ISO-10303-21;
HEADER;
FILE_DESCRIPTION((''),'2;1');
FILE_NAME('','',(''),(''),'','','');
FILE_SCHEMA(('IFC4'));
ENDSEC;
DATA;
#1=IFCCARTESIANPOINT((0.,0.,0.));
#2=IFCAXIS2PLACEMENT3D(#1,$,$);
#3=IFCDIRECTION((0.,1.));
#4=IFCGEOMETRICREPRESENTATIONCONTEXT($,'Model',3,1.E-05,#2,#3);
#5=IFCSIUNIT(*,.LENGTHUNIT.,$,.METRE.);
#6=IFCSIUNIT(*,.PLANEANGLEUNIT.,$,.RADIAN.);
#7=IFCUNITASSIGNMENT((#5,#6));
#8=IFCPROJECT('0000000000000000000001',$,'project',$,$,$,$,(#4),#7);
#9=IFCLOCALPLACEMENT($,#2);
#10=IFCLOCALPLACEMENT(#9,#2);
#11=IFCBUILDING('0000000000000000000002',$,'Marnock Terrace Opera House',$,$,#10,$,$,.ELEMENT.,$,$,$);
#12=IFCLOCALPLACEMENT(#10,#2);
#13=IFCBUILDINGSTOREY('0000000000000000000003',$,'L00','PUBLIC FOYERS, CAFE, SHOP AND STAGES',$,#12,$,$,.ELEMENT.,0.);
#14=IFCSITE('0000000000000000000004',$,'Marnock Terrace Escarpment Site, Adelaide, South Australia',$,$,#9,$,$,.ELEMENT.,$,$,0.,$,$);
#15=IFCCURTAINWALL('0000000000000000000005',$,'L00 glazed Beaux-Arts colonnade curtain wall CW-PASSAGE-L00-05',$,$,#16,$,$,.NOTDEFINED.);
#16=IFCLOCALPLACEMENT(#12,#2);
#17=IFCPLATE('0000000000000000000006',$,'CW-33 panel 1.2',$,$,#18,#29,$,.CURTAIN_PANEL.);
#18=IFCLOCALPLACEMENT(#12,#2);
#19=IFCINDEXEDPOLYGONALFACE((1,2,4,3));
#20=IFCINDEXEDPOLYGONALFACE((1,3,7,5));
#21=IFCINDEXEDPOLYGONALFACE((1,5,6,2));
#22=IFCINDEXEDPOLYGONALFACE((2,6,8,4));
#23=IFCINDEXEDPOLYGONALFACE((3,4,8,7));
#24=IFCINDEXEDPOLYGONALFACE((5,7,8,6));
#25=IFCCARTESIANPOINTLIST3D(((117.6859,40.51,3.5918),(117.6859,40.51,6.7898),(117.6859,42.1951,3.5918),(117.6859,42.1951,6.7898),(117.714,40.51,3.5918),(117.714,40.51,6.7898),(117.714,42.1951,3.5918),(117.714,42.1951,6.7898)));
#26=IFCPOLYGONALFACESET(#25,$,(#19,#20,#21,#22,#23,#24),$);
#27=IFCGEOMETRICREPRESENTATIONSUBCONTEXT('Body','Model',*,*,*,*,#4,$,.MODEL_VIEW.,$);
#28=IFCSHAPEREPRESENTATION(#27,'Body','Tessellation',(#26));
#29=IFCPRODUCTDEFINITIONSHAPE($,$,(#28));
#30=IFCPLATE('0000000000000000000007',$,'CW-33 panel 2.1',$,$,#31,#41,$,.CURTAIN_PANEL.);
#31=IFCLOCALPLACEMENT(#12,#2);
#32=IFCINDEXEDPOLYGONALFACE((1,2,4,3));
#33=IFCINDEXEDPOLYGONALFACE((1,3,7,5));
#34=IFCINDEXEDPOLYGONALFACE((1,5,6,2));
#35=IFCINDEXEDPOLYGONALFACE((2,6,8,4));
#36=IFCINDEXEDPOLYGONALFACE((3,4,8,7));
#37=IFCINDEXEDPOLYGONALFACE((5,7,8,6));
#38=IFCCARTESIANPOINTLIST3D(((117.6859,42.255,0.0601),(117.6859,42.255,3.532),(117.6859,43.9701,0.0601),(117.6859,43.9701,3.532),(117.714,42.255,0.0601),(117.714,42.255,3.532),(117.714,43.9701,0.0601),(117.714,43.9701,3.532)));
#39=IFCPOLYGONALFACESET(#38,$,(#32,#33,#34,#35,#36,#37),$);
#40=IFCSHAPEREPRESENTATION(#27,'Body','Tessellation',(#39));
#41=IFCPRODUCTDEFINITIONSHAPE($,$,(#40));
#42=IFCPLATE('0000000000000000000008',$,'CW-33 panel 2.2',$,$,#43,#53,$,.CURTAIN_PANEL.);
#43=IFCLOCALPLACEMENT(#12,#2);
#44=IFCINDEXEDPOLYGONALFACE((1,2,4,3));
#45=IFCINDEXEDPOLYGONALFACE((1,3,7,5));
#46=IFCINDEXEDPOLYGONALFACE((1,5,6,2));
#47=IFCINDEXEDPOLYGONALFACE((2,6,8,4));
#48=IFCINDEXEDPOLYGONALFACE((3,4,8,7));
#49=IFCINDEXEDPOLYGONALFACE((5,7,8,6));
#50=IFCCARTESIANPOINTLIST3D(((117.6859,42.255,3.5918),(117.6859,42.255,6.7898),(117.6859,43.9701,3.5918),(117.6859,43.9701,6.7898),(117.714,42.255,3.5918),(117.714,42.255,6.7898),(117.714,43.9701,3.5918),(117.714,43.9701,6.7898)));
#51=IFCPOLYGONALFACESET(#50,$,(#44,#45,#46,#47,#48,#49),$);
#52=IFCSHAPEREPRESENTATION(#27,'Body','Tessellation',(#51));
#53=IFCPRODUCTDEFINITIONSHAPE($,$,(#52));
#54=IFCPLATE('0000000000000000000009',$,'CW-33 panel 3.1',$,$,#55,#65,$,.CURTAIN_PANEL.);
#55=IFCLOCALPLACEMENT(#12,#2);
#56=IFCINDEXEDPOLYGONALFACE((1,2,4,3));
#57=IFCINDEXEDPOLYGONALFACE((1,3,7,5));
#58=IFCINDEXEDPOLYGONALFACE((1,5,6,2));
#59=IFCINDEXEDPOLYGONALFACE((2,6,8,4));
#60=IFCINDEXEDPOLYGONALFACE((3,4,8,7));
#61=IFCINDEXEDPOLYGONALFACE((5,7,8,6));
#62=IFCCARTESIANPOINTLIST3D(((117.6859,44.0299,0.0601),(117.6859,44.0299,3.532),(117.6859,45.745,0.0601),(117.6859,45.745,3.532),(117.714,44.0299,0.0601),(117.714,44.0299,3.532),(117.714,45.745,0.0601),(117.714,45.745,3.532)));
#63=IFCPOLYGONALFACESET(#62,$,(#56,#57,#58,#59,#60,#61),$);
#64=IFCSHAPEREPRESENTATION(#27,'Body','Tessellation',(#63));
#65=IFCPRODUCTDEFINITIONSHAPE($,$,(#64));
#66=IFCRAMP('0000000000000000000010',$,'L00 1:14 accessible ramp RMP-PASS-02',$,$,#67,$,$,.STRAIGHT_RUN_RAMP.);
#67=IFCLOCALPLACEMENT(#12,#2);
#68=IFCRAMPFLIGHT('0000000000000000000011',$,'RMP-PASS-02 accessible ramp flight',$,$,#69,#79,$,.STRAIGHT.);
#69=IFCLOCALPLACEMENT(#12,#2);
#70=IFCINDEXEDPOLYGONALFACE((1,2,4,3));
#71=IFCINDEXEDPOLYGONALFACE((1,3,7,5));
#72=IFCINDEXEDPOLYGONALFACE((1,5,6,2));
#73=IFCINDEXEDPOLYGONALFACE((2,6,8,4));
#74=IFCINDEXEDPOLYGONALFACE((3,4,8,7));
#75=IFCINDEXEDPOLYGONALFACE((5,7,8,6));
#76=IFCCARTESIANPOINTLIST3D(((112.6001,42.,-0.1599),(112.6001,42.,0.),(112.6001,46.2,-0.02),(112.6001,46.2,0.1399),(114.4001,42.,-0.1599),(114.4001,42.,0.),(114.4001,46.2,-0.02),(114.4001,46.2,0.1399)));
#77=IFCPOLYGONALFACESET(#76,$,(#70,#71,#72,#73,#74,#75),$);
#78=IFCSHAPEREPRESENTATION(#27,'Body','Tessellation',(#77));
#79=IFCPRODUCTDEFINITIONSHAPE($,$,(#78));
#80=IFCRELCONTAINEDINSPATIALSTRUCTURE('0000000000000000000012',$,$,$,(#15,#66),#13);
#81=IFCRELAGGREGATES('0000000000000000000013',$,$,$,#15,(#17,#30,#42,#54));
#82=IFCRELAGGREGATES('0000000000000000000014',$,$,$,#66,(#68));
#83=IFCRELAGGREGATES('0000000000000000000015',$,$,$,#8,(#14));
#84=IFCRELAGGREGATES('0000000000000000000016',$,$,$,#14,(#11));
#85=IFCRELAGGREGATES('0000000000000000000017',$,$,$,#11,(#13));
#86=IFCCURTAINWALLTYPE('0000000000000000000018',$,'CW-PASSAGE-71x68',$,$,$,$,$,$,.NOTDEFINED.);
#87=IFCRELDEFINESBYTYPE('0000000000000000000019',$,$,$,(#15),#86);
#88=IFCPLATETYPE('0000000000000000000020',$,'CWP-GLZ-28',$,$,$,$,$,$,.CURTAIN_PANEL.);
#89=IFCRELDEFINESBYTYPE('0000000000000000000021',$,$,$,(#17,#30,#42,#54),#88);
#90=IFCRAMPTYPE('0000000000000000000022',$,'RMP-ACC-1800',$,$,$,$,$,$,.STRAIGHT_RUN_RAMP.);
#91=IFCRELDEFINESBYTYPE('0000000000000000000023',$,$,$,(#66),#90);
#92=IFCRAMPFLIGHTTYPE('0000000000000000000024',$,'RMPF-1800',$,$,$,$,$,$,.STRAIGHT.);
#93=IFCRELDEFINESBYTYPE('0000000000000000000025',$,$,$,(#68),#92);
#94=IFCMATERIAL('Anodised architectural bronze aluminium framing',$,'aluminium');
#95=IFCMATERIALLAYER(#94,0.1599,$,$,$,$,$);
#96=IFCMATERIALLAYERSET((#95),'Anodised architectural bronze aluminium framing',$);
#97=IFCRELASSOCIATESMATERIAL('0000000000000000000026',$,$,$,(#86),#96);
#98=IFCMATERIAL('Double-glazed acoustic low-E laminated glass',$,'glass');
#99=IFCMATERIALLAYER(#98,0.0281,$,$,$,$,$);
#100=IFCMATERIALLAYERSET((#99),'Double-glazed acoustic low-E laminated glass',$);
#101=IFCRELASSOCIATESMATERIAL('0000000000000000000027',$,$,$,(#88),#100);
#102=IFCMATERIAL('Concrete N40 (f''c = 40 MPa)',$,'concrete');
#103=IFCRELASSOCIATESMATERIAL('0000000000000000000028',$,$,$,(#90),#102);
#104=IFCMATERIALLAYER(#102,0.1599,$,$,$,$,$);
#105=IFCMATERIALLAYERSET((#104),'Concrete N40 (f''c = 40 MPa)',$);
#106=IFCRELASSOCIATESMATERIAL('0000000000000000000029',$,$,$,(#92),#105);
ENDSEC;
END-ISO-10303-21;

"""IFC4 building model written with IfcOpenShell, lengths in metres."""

from ifc_helpers import new_model, si_unit, direction, frame, origin, origin_2d, place, context, subcontext, project, spatial, polyline, rectangle, outline, extrude, material, layer, layer_set, type_object, element, aggregate, save


model = new_model("IFC4")

# Units and contexts
model_context = context("Model", 3, precision=1e-05, world=origin(), true_north=direction((0.0, 1.0)))
body_context = subcontext(model_context, "Body", "Model", "MODEL_VIEW")
ifc_project = project(units=[si_unit("LENGTHUNIT", "METRE"), si_unit("PLANEANGLEUNIT", "RADIAN")], contexts=[model_context])

# Site, building, storey
site_placement = place(None, origin())
site = spatial("IfcSite", under=ifc_project, at=site_placement, Name="Marnock Terrace Escarpment Site, Adelaide, South Australia", CompositionType="ELEMENT", RefElevation=0.0)
building_placement = place(site_placement, origin())
building = spatial("IfcBuilding", under=site, at=building_placement, Name="Marnock Terrace Opera House", CompositionType="ELEMENT")
storey_placement = place(building_placement, origin())
storey = spatial("IfcBuildingStorey", under=building, at=storey_placement, Name="L00", Description="PUBLIC FOYERS, CAFE, SHOP AND STAGES", CompositionType="ELEMENT", Elevation=0.0)

# Curtain wall
ifc_material_1 = material(Name="Anodised architectural bronze aluminium framing", Category="aluminium")
ifc_layer_1 = layer(ifc_material_1, 0.1599)
ifc_layer_set_1 = layer_set([ifc_layer_1], Name="Anodised architectural bronze aluminium framing")
curtain_wall_type_1 = type_object("IfcCurtainWallType", Name="CW-PASSAGE-71x68", PredefinedType="NOTDEFINED", material=ifc_layer_set_1)
curtain_wall_1_placement = place(storey_placement, origin())
curtain_wall_1 = element("IfcCurtainWall", 1, at=curtain_wall_1_placement, inside=storey, type_object=curtain_wall_type_1, Name="L00 glazed Beaux-Arts colonnade curtain wall CW-PASSAGE-L00-05", PredefinedType="NOTDEFINED")

# Plates
ifc_material_2 = material(Name="Double-glazed acoustic low-E laminated glass", Category="glass")
ifc_layer_2 = layer(ifc_material_2, 0.0281)
ifc_layer_set_2 = layer_set([ifc_layer_2], Name="Double-glazed acoustic low-E laminated glass")
plate_type = type_object("IfcPlateType", Name="CWP-GLZ-28", PredefinedType="CURTAIN_PANEL", material=ifc_layer_set_2)
plate_1_placement = place(storey_placement, frame((117.7, 41.3525, 3.5918), z_axis=(0.0, 0.0, 1.0), x_axis=(0.0, 1.0, 0.0)))
plate_1 = element("IfcPlate", 2, at=plate_1_placement, type_object=plate_type, Name="CW-33 panel 1.2", PredefinedType="CURTAIN_PANEL", context=body_context, shape_type="SweptSolid", body=[
    extrude(rectangle(XDim=1.6851, YDim=0.0281, at=origin_2d()), origin(), (0.0, 0.0, 1.0), 3.198),
])
plate_2_placement = place(storey_placement, frame((117.7, 43.1125, 0.0601), z_axis=(0.0, 0.0, 1.0), x_axis=(0.0, 1.0, 0.0)))
plate_2 = element("IfcPlate", 3, at=plate_2_placement, type_object=plate_type, Name="CW-33 panel 2.1", PredefinedType="CURTAIN_PANEL", context=body_context, shape_type="SweptSolid", body=[
    extrude(rectangle(XDim=1.7151, YDim=0.0281, at=origin_2d()), origin(), (0.0, 0.0, 1.0), 3.4719),
])
plate_3_placement = place(storey_placement, frame((117.7, 43.1125, 3.5918), z_axis=(0.0, 0.0, 1.0), x_axis=(0.0, 1.0, 0.0)))
plate_3 = element("IfcPlate", 4, at=plate_3_placement, type_object=plate_type, Name="CW-33 panel 2.2", PredefinedType="CURTAIN_PANEL", context=body_context, shape_type="SweptSolid", body=[
    extrude(rectangle(XDim=1.7151, YDim=0.0281, at=origin_2d()), origin(), (0.0, 0.0, 1.0), 3.198),
])
plate_4_placement = place(storey_placement, frame((117.7, 44.8875, 0.0601), z_axis=(0.0, 0.0, 1.0), x_axis=(0.0, 1.0, 0.0)))
plate_4 = element("IfcPlate", 5, at=plate_4_placement, type_object=plate_type, Name="CW-33 panel 3.1", PredefinedType="CURTAIN_PANEL", context=body_context, shape_type="SweptSolid", body=[
    extrude(rectangle(XDim=1.7151, YDim=0.0281, at=origin_2d()), origin(), (0.0, 0.0, 1.0), 3.4719),
])
aggregate(curtain_wall_1, [plate_1, plate_2, plate_3, plate_4])

# Ramp, ramp flight
ifc_material_3 = material(Name="Concrete N40 (f'c = 40 MPa)", Category="concrete")
ramp_type = type_object("IfcRampType", Name="RMP-ACC-1800", PredefinedType="STRAIGHT_RUN_RAMP", material=ifc_material_3)
ramp_placement = place(storey_placement, origin())
ramp = element("IfcRamp", 6, at=ramp_placement, inside=storey, type_object=ramp_type, Name="L00 1:14 accessible ramp RMP-PASS-02", PredefinedType="STRAIGHT_RUN_RAMP")
ifc_layer_3 = layer(ifc_material_3, 0.1599)
ifc_layer_set_3 = layer_set([ifc_layer_3], Name="Concrete N40 (f'c = 40 MPa)")
ramp_flight_type = type_object("IfcRampFlightType", Name="RMPF-1800", PredefinedType="STRAIGHT", material=ifc_layer_set_3)
ramp_flight_placement = place(storey_placement, frame((113.5, 42.0, 0.0), z_axis=(0.0, 0.0, 1.0), x_axis=(0.0, 1.0, 0.0)))
ramp_flight = element("IfcRampFlight", 7, at=ramp_flight_placement, type_object=ramp_flight_type, Name="RMP-PASS-02 accessible ramp flight", PredefinedType="STRAIGHT", context=body_context, shape_type="SweptSolid", body=[
    extrude(outline(polyline([(0.0, 0.0), (0.0, -0.1599), (4.2, -0.02), (4.2, 0.1399), (0.0, 0.0)])), frame((0.0, 0.8999, 0.0), z_axis=(0.0, -1.0, 0.0), x_axis=(1.0, 0.0, 0.0)), (0.0, 0.0, 1.0), 1.8),
])
aggregate(ramp, [ramp_flight])

save(model, "model.ifc")
